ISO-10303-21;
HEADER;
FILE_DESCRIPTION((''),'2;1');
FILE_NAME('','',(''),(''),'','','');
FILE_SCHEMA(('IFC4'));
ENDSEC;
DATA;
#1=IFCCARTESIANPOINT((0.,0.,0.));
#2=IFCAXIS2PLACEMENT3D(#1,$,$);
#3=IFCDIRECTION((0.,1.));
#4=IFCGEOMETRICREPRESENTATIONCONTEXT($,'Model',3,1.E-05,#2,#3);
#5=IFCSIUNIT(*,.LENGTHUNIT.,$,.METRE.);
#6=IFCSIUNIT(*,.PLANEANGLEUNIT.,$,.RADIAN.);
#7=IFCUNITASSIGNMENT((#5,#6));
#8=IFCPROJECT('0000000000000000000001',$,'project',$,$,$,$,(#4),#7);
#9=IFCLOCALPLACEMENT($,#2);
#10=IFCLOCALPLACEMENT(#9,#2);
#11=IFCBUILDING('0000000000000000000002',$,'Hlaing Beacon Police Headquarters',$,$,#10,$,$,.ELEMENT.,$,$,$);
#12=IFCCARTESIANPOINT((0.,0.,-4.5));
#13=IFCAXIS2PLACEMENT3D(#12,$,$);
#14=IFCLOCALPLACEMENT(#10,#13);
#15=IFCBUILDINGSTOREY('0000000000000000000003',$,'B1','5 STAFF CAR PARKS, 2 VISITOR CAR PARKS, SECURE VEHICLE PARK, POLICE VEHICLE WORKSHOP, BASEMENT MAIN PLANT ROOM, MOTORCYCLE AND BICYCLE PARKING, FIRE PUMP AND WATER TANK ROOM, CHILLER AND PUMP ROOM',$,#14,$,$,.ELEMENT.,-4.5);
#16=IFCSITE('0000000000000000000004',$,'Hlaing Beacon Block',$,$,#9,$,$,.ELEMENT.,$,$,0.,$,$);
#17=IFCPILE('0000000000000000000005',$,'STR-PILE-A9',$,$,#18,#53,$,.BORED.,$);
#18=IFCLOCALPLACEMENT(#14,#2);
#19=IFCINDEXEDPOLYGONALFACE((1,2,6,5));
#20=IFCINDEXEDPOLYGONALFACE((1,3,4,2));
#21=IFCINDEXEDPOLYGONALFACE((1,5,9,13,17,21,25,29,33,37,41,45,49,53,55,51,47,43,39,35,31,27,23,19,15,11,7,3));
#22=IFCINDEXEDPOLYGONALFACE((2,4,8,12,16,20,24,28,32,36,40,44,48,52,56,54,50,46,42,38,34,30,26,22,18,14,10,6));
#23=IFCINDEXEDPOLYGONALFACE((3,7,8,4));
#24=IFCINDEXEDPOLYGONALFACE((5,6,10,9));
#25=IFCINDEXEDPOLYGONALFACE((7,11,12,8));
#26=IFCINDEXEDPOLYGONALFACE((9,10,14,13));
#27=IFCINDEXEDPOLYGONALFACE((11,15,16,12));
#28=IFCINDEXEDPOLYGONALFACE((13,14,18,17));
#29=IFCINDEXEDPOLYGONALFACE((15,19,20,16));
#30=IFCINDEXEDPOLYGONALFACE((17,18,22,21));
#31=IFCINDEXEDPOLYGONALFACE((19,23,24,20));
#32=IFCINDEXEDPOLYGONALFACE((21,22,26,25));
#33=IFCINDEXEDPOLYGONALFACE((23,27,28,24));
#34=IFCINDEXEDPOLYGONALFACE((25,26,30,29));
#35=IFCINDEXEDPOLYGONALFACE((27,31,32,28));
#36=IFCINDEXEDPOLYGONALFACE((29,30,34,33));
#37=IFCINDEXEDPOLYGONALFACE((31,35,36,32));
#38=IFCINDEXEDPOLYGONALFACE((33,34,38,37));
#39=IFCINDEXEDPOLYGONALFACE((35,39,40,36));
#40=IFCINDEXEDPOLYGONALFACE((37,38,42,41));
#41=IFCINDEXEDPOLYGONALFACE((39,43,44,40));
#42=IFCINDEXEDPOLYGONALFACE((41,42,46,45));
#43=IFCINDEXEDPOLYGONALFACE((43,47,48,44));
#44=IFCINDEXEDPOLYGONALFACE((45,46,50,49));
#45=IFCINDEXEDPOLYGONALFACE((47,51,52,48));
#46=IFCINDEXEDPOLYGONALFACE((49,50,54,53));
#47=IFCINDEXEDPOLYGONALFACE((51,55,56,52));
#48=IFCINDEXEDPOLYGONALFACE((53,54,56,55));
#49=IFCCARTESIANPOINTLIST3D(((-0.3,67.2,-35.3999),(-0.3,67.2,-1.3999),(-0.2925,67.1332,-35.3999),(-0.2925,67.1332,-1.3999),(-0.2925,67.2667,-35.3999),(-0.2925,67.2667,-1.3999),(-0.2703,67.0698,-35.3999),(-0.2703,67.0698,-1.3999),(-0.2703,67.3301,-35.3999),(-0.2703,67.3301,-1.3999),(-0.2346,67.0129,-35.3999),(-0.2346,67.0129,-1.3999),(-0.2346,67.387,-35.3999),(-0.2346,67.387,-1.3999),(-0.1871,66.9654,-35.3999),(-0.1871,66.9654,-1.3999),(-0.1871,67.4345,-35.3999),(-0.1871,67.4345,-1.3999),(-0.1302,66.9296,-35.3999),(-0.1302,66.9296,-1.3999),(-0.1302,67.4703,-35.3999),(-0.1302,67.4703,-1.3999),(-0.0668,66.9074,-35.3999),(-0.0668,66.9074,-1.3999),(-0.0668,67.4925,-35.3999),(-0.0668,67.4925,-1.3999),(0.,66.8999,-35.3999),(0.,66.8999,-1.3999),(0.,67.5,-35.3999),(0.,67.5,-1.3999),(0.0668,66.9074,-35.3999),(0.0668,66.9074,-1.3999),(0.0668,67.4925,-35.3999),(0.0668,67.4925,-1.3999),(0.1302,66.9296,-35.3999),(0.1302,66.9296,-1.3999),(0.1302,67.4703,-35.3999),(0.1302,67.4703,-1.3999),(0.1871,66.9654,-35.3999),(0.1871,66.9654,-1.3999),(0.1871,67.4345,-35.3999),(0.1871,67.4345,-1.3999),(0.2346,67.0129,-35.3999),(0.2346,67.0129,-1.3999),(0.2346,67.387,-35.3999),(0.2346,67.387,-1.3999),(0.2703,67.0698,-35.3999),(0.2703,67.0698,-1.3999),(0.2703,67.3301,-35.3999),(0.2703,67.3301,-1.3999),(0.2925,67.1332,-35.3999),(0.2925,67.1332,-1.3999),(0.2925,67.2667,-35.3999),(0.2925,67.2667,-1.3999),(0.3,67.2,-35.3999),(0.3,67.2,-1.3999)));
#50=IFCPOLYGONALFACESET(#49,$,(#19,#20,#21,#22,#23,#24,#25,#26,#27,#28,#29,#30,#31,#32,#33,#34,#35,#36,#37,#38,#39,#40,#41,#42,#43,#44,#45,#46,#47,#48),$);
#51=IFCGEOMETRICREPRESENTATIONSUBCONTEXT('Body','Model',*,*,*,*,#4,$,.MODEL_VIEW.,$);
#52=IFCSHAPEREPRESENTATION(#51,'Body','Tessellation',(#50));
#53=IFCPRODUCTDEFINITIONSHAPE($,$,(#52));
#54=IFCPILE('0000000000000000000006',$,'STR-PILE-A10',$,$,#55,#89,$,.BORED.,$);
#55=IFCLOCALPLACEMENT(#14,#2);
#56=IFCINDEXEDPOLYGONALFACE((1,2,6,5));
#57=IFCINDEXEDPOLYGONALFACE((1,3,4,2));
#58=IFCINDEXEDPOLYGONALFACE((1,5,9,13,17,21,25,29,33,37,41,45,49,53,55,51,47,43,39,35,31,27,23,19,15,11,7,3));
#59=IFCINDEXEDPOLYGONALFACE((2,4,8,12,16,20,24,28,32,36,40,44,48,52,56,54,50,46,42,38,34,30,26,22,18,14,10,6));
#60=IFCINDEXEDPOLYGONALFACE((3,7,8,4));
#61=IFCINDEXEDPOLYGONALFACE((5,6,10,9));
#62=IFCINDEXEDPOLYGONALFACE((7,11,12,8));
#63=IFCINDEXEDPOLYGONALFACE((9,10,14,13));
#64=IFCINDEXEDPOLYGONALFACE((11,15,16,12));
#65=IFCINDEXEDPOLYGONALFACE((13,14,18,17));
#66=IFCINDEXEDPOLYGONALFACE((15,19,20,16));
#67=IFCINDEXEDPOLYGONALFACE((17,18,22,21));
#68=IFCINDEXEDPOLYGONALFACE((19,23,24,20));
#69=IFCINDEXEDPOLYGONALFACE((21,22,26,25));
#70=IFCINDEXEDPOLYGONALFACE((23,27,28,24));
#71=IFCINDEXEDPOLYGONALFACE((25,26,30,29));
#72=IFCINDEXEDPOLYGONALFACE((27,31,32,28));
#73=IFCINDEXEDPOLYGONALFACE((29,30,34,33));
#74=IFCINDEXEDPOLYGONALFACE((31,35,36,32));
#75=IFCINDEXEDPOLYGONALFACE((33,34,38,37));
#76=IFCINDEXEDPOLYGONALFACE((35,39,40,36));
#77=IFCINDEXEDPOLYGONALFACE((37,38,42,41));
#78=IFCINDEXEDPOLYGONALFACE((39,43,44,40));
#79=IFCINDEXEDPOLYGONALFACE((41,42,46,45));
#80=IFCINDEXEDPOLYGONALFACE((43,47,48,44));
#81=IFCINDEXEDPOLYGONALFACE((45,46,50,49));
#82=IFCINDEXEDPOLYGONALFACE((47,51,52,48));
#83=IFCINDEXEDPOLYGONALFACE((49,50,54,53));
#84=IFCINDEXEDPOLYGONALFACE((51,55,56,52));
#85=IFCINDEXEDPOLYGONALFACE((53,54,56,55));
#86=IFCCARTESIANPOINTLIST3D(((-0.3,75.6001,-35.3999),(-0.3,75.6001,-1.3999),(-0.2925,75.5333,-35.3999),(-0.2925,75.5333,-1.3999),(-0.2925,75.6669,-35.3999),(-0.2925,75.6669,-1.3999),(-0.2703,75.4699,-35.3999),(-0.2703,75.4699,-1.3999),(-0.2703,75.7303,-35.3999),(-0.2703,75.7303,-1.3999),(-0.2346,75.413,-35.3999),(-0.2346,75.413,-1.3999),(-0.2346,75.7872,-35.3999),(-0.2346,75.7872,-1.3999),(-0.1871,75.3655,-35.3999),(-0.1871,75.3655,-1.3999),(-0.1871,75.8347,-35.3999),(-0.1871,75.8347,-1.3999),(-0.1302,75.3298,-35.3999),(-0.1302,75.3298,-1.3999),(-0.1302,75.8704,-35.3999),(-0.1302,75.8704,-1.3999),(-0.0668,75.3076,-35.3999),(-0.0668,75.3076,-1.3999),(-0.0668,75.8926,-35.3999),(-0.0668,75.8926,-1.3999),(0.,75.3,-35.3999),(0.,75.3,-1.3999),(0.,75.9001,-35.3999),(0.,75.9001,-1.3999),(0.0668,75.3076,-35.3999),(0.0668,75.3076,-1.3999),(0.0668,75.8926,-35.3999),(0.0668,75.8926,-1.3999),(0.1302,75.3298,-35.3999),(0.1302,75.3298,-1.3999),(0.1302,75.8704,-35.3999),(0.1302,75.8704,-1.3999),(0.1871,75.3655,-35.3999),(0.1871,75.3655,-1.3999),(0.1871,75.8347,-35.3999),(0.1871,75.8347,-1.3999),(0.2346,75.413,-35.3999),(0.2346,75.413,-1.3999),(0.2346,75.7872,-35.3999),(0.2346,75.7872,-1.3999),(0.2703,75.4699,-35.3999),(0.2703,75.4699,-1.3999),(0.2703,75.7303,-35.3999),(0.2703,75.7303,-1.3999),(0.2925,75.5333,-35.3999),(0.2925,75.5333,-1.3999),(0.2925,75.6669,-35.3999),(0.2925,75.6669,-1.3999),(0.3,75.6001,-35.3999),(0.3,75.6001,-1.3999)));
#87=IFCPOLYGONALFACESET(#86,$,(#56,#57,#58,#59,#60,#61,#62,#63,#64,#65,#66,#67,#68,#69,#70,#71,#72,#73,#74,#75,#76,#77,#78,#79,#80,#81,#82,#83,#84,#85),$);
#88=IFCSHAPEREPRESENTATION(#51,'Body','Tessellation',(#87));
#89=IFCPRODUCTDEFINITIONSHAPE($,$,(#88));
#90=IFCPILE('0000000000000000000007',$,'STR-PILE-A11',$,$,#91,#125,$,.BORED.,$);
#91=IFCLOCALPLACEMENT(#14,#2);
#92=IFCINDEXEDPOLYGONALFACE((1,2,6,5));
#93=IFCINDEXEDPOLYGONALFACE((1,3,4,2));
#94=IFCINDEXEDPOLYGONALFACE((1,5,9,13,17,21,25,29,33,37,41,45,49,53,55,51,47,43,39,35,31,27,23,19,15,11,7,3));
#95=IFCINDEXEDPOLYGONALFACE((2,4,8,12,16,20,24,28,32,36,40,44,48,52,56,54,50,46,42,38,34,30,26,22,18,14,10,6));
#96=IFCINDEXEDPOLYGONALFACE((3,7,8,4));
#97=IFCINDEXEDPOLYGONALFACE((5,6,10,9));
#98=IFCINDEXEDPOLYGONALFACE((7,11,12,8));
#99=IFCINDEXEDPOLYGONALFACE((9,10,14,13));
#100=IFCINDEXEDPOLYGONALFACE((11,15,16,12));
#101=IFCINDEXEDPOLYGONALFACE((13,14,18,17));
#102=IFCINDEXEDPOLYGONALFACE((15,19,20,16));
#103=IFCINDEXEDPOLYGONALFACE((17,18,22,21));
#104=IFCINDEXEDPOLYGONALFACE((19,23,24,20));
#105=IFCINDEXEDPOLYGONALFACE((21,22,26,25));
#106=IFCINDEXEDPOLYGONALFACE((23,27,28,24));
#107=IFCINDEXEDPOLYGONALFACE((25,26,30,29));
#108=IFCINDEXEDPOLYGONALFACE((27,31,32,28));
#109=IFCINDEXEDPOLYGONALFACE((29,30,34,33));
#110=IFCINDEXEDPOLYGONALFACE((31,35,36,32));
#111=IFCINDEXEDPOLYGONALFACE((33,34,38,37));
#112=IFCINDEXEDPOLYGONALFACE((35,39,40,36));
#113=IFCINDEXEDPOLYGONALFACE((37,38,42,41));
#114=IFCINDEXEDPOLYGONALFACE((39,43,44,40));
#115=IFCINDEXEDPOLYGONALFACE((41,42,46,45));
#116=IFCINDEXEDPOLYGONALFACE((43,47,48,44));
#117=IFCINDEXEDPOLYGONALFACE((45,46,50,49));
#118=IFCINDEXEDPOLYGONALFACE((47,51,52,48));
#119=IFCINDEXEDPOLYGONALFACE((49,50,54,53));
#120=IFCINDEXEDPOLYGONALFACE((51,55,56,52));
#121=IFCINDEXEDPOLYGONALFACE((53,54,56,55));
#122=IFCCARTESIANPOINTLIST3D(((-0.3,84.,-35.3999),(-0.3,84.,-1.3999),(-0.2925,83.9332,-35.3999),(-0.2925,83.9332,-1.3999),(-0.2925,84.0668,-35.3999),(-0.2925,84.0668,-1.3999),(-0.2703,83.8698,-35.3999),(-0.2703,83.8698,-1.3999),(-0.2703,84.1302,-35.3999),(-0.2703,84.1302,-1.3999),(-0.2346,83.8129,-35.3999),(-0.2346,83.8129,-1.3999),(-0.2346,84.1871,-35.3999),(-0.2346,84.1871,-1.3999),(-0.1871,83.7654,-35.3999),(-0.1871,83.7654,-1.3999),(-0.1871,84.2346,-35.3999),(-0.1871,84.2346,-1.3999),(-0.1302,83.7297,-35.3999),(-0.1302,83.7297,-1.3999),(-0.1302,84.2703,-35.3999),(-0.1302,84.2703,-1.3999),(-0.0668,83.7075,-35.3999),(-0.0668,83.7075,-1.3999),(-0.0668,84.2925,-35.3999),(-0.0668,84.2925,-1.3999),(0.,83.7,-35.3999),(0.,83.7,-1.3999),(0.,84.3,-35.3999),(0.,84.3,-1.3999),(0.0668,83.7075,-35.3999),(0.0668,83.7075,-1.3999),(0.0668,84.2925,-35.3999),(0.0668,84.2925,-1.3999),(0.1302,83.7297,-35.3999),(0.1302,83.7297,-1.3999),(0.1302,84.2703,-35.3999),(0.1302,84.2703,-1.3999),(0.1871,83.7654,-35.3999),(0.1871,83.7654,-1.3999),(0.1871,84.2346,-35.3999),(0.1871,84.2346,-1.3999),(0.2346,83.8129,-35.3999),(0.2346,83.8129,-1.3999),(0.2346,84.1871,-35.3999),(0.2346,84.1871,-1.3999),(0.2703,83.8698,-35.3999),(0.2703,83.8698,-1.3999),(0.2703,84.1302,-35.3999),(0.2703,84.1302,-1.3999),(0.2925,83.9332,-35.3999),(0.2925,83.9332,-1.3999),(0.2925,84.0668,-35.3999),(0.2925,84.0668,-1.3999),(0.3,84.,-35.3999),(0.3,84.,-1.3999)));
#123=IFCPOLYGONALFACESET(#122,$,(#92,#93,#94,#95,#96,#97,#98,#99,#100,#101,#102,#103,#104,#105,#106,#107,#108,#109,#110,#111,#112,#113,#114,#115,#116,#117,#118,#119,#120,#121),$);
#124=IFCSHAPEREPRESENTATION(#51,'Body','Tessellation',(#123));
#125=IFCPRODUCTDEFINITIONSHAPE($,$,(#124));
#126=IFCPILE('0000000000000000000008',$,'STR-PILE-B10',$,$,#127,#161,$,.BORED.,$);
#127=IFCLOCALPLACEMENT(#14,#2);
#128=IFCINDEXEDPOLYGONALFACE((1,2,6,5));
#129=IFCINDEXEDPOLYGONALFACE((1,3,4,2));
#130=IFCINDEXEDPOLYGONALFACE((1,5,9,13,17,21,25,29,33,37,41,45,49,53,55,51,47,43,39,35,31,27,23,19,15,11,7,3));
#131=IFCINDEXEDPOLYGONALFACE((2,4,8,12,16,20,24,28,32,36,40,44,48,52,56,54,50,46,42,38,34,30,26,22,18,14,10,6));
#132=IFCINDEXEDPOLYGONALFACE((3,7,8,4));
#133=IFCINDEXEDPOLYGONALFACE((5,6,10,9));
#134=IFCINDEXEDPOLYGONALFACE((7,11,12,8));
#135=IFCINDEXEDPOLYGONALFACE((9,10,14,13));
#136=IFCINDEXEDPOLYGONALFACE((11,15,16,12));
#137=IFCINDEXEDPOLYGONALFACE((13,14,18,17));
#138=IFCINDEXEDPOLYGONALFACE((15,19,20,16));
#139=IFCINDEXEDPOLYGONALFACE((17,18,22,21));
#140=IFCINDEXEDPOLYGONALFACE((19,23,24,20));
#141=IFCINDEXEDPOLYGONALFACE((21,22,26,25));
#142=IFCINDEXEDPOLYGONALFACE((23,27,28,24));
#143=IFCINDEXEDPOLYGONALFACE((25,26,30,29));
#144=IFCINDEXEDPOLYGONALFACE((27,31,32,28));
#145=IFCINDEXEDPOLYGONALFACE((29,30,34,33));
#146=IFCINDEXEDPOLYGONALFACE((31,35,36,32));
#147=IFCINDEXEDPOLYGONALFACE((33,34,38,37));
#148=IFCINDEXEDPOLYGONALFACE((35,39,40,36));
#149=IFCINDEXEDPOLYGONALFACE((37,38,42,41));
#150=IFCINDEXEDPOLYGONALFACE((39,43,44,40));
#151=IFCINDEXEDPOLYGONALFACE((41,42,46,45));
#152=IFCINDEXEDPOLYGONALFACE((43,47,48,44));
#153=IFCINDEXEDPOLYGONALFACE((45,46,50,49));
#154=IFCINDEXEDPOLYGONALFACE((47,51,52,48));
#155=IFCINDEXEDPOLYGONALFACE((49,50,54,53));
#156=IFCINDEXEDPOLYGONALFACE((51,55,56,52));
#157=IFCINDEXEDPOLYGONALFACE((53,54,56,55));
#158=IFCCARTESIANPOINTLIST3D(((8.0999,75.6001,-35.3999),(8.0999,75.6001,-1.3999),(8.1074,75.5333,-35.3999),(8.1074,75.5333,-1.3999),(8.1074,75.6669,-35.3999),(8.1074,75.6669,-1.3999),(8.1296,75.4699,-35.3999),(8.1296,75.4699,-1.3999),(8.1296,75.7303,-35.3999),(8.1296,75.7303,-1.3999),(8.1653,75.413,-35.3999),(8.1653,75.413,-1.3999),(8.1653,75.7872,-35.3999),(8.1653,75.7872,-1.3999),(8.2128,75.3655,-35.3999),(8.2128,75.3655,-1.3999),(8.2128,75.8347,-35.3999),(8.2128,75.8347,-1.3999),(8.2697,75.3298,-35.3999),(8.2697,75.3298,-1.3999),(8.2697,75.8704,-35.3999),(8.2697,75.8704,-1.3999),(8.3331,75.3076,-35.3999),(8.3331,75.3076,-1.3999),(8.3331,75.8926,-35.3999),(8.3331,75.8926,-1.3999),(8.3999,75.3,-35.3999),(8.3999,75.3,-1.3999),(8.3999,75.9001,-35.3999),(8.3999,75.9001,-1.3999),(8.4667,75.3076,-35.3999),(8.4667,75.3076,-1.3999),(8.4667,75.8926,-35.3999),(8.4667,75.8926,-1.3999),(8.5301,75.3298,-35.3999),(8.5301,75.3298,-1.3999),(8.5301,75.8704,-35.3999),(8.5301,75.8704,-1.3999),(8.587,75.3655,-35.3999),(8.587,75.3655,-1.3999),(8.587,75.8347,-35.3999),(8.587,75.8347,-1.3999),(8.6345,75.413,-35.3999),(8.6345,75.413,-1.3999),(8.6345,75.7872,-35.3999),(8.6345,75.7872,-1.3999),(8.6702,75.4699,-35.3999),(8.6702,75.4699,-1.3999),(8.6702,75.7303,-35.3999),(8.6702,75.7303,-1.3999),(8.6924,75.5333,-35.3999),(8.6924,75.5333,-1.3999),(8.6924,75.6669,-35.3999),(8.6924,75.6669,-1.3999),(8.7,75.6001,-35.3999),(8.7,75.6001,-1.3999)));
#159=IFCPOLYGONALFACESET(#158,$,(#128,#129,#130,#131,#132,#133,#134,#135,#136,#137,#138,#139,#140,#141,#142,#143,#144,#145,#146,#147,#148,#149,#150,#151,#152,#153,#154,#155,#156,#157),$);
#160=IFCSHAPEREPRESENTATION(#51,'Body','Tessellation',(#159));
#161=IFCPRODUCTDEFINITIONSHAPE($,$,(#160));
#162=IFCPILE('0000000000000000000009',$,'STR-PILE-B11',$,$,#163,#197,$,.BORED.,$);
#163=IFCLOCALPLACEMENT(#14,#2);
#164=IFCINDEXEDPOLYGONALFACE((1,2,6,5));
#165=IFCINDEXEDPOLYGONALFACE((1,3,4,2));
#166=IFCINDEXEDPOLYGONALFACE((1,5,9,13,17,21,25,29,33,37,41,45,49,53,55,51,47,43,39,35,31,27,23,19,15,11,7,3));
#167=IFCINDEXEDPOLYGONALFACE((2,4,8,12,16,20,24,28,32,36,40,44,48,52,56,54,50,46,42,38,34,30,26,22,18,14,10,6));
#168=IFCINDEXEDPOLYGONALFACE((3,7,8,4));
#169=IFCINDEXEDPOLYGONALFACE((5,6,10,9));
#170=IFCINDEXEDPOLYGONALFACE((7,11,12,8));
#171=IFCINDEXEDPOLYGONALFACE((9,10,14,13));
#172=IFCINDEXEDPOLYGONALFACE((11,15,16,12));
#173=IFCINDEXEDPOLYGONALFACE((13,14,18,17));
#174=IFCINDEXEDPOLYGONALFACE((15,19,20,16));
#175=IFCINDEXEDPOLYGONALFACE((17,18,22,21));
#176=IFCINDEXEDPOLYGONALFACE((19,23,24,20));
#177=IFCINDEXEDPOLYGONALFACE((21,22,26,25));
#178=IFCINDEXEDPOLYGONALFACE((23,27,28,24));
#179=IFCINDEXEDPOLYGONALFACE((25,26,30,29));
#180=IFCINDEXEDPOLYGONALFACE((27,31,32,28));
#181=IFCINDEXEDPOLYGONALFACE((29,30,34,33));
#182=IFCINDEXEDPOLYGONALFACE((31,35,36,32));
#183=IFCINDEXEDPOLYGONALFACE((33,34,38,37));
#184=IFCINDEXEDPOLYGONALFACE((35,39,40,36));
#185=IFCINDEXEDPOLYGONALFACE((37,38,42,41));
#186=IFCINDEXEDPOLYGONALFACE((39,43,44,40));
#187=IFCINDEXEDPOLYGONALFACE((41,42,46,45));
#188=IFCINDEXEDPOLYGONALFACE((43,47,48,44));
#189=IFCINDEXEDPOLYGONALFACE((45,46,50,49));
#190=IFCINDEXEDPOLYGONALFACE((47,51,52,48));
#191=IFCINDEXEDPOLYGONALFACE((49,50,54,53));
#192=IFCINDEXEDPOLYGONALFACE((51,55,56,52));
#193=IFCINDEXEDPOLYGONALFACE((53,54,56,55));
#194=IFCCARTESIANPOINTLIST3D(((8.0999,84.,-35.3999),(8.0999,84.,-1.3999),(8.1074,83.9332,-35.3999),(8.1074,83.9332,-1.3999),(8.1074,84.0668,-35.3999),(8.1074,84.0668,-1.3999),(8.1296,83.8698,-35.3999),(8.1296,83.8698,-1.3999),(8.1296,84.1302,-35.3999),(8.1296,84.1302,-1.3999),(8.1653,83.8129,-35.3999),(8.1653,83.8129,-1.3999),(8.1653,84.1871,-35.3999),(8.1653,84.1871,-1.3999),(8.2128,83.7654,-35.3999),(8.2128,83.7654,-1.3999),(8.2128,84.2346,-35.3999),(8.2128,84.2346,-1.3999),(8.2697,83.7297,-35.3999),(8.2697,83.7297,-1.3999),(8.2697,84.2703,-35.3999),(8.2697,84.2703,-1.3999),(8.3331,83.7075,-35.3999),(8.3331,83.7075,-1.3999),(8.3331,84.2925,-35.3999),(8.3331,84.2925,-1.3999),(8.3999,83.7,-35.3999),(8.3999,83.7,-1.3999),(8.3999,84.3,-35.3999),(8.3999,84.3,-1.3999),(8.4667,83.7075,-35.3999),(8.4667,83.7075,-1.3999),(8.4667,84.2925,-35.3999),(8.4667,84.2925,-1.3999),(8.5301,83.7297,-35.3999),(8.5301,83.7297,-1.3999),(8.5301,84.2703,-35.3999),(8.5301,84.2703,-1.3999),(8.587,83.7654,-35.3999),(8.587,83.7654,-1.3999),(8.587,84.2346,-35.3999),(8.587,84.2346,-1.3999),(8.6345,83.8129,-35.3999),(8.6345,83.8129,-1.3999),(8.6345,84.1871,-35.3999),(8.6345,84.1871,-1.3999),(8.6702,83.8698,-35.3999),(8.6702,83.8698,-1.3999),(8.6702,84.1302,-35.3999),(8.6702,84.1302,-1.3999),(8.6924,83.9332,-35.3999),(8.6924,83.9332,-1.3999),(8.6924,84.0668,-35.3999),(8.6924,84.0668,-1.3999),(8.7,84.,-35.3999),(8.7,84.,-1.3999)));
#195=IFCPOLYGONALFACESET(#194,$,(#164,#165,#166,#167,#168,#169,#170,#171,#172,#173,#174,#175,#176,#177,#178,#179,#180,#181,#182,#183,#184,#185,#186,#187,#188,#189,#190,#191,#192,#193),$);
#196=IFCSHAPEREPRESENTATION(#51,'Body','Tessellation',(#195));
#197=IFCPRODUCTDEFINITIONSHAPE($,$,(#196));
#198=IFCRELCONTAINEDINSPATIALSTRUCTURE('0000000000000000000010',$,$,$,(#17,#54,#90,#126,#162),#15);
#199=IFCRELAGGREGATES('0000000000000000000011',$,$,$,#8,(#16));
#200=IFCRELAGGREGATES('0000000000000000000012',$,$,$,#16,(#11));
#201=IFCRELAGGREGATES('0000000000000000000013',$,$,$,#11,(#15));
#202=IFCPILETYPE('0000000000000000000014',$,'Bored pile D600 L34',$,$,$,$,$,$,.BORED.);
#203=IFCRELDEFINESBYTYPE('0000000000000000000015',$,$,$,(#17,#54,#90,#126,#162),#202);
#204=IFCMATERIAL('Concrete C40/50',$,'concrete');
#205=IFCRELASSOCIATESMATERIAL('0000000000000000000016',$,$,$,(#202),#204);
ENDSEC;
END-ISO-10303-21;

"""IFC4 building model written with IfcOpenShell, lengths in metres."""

from ifc_helpers import new_model, si_unit, direction, frame, origin, origin_2d, place, context, subcontext, project, spatial, circle, extrude, material, material_profile, profile_set, type_object, element, save


model = new_model("IFC4")

# Units and contexts
model_context = context("Model", 3, precision=1e-05, world=origin(), true_north=direction((0.0, 1.0)))
body_context = subcontext(model_context, "Body", "Model", "MODEL_VIEW")
ifc_project = project(units=[si_unit("LENGTHUNIT", "METRE"), si_unit("PLANEANGLEUNIT", "RADIAN")], contexts=[model_context])

# Site, building, storey
site_placement = place(None, origin())
site = spatial("IfcSite", under=ifc_project, at=site_placement, Name="Hlaing Beacon Block", CompositionType="ELEMENT", RefElevation=0.0)
building_placement = place(site_placement, origin())
building = spatial("IfcBuilding", under=site, at=building_placement, Name="Hlaing Beacon Police Headquarters", CompositionType="ELEMENT")
storey_placement = place(building_placement, frame((0.0, 0.0, -4.5)))
storey = spatial("IfcBuildingStorey", under=building, at=storey_placement, Name="B1", Description="5 STAFF CAR PARKS, 2 VISITOR CAR PARKS, SECURE VEHICLE PARK, POLICE VEHICLE WORKSHOP, BASEMENT MAIN PLANT ROOM, MOTORCYCLE AND BICYCLE PARKING, FIRE PUMP AND WATER TANK ROOM, CHILLER AND PUMP ROOM", CompositionType="ELEMENT", Elevation=-4.5)

# Piles
ifc_material_1 = material(Name="Concrete C40/50", Category="concrete")
ifc_material_profile_1 = material_profile(ifc_material_1, circle(Radius=0.3, at=origin_2d()), Name="D600")
ifc_profile_set_1 = profile_set([ifc_material_profile_1], Name="Concrete C40/50")
pile_type_1 = type_object("IfcPileType", Name="Bored pile D600 L34", PredefinedType="BORED", material=ifc_profile_set_1)
for number, where, z_axis, x_axis, name in (
    (1, (0.0, 67.2, -1.3999), (0.0, 0.0, -1.0), (1.0, 0.0, 0.0), "STR-PILE-A9"),
    (2, (0.0, 75.6001, -1.3999), (0.0, 0.0, -1.0), (1.0, 0.0, 0.0), "STR-PILE-A10"),
    (3, (0.0, 84.0, -1.3999), (0.0, 0.0, -1.0), (1.0, 0.0, 0.0), "STR-PILE-A11"),
    (4, (8.3999, 75.6001, -1.3999), (0.0, 0.0, -1.0), (1.0, 0.0, 0.0), "STR-PILE-B10"),
    (5, (8.3999, 84.0, -1.3999), (0.0, 0.0, -1.0), (1.0, 0.0, 0.0), "STR-PILE-B11"),
):
    element("IfcPile", number, at=place(storey_placement, frame(where, z_axis=z_axis, x_axis=x_axis)), inside=storey, type_object=pile_type_1, Name=name, PredefinedType="BORED", context=body_context, shape_type="SweptSolid", body=[
        extrude(circle(Radius=0.3, at=origin_2d()), origin(), (0.0, 0.0, 1.0), 34.0),
    ])

save(model, "model.ifc")
